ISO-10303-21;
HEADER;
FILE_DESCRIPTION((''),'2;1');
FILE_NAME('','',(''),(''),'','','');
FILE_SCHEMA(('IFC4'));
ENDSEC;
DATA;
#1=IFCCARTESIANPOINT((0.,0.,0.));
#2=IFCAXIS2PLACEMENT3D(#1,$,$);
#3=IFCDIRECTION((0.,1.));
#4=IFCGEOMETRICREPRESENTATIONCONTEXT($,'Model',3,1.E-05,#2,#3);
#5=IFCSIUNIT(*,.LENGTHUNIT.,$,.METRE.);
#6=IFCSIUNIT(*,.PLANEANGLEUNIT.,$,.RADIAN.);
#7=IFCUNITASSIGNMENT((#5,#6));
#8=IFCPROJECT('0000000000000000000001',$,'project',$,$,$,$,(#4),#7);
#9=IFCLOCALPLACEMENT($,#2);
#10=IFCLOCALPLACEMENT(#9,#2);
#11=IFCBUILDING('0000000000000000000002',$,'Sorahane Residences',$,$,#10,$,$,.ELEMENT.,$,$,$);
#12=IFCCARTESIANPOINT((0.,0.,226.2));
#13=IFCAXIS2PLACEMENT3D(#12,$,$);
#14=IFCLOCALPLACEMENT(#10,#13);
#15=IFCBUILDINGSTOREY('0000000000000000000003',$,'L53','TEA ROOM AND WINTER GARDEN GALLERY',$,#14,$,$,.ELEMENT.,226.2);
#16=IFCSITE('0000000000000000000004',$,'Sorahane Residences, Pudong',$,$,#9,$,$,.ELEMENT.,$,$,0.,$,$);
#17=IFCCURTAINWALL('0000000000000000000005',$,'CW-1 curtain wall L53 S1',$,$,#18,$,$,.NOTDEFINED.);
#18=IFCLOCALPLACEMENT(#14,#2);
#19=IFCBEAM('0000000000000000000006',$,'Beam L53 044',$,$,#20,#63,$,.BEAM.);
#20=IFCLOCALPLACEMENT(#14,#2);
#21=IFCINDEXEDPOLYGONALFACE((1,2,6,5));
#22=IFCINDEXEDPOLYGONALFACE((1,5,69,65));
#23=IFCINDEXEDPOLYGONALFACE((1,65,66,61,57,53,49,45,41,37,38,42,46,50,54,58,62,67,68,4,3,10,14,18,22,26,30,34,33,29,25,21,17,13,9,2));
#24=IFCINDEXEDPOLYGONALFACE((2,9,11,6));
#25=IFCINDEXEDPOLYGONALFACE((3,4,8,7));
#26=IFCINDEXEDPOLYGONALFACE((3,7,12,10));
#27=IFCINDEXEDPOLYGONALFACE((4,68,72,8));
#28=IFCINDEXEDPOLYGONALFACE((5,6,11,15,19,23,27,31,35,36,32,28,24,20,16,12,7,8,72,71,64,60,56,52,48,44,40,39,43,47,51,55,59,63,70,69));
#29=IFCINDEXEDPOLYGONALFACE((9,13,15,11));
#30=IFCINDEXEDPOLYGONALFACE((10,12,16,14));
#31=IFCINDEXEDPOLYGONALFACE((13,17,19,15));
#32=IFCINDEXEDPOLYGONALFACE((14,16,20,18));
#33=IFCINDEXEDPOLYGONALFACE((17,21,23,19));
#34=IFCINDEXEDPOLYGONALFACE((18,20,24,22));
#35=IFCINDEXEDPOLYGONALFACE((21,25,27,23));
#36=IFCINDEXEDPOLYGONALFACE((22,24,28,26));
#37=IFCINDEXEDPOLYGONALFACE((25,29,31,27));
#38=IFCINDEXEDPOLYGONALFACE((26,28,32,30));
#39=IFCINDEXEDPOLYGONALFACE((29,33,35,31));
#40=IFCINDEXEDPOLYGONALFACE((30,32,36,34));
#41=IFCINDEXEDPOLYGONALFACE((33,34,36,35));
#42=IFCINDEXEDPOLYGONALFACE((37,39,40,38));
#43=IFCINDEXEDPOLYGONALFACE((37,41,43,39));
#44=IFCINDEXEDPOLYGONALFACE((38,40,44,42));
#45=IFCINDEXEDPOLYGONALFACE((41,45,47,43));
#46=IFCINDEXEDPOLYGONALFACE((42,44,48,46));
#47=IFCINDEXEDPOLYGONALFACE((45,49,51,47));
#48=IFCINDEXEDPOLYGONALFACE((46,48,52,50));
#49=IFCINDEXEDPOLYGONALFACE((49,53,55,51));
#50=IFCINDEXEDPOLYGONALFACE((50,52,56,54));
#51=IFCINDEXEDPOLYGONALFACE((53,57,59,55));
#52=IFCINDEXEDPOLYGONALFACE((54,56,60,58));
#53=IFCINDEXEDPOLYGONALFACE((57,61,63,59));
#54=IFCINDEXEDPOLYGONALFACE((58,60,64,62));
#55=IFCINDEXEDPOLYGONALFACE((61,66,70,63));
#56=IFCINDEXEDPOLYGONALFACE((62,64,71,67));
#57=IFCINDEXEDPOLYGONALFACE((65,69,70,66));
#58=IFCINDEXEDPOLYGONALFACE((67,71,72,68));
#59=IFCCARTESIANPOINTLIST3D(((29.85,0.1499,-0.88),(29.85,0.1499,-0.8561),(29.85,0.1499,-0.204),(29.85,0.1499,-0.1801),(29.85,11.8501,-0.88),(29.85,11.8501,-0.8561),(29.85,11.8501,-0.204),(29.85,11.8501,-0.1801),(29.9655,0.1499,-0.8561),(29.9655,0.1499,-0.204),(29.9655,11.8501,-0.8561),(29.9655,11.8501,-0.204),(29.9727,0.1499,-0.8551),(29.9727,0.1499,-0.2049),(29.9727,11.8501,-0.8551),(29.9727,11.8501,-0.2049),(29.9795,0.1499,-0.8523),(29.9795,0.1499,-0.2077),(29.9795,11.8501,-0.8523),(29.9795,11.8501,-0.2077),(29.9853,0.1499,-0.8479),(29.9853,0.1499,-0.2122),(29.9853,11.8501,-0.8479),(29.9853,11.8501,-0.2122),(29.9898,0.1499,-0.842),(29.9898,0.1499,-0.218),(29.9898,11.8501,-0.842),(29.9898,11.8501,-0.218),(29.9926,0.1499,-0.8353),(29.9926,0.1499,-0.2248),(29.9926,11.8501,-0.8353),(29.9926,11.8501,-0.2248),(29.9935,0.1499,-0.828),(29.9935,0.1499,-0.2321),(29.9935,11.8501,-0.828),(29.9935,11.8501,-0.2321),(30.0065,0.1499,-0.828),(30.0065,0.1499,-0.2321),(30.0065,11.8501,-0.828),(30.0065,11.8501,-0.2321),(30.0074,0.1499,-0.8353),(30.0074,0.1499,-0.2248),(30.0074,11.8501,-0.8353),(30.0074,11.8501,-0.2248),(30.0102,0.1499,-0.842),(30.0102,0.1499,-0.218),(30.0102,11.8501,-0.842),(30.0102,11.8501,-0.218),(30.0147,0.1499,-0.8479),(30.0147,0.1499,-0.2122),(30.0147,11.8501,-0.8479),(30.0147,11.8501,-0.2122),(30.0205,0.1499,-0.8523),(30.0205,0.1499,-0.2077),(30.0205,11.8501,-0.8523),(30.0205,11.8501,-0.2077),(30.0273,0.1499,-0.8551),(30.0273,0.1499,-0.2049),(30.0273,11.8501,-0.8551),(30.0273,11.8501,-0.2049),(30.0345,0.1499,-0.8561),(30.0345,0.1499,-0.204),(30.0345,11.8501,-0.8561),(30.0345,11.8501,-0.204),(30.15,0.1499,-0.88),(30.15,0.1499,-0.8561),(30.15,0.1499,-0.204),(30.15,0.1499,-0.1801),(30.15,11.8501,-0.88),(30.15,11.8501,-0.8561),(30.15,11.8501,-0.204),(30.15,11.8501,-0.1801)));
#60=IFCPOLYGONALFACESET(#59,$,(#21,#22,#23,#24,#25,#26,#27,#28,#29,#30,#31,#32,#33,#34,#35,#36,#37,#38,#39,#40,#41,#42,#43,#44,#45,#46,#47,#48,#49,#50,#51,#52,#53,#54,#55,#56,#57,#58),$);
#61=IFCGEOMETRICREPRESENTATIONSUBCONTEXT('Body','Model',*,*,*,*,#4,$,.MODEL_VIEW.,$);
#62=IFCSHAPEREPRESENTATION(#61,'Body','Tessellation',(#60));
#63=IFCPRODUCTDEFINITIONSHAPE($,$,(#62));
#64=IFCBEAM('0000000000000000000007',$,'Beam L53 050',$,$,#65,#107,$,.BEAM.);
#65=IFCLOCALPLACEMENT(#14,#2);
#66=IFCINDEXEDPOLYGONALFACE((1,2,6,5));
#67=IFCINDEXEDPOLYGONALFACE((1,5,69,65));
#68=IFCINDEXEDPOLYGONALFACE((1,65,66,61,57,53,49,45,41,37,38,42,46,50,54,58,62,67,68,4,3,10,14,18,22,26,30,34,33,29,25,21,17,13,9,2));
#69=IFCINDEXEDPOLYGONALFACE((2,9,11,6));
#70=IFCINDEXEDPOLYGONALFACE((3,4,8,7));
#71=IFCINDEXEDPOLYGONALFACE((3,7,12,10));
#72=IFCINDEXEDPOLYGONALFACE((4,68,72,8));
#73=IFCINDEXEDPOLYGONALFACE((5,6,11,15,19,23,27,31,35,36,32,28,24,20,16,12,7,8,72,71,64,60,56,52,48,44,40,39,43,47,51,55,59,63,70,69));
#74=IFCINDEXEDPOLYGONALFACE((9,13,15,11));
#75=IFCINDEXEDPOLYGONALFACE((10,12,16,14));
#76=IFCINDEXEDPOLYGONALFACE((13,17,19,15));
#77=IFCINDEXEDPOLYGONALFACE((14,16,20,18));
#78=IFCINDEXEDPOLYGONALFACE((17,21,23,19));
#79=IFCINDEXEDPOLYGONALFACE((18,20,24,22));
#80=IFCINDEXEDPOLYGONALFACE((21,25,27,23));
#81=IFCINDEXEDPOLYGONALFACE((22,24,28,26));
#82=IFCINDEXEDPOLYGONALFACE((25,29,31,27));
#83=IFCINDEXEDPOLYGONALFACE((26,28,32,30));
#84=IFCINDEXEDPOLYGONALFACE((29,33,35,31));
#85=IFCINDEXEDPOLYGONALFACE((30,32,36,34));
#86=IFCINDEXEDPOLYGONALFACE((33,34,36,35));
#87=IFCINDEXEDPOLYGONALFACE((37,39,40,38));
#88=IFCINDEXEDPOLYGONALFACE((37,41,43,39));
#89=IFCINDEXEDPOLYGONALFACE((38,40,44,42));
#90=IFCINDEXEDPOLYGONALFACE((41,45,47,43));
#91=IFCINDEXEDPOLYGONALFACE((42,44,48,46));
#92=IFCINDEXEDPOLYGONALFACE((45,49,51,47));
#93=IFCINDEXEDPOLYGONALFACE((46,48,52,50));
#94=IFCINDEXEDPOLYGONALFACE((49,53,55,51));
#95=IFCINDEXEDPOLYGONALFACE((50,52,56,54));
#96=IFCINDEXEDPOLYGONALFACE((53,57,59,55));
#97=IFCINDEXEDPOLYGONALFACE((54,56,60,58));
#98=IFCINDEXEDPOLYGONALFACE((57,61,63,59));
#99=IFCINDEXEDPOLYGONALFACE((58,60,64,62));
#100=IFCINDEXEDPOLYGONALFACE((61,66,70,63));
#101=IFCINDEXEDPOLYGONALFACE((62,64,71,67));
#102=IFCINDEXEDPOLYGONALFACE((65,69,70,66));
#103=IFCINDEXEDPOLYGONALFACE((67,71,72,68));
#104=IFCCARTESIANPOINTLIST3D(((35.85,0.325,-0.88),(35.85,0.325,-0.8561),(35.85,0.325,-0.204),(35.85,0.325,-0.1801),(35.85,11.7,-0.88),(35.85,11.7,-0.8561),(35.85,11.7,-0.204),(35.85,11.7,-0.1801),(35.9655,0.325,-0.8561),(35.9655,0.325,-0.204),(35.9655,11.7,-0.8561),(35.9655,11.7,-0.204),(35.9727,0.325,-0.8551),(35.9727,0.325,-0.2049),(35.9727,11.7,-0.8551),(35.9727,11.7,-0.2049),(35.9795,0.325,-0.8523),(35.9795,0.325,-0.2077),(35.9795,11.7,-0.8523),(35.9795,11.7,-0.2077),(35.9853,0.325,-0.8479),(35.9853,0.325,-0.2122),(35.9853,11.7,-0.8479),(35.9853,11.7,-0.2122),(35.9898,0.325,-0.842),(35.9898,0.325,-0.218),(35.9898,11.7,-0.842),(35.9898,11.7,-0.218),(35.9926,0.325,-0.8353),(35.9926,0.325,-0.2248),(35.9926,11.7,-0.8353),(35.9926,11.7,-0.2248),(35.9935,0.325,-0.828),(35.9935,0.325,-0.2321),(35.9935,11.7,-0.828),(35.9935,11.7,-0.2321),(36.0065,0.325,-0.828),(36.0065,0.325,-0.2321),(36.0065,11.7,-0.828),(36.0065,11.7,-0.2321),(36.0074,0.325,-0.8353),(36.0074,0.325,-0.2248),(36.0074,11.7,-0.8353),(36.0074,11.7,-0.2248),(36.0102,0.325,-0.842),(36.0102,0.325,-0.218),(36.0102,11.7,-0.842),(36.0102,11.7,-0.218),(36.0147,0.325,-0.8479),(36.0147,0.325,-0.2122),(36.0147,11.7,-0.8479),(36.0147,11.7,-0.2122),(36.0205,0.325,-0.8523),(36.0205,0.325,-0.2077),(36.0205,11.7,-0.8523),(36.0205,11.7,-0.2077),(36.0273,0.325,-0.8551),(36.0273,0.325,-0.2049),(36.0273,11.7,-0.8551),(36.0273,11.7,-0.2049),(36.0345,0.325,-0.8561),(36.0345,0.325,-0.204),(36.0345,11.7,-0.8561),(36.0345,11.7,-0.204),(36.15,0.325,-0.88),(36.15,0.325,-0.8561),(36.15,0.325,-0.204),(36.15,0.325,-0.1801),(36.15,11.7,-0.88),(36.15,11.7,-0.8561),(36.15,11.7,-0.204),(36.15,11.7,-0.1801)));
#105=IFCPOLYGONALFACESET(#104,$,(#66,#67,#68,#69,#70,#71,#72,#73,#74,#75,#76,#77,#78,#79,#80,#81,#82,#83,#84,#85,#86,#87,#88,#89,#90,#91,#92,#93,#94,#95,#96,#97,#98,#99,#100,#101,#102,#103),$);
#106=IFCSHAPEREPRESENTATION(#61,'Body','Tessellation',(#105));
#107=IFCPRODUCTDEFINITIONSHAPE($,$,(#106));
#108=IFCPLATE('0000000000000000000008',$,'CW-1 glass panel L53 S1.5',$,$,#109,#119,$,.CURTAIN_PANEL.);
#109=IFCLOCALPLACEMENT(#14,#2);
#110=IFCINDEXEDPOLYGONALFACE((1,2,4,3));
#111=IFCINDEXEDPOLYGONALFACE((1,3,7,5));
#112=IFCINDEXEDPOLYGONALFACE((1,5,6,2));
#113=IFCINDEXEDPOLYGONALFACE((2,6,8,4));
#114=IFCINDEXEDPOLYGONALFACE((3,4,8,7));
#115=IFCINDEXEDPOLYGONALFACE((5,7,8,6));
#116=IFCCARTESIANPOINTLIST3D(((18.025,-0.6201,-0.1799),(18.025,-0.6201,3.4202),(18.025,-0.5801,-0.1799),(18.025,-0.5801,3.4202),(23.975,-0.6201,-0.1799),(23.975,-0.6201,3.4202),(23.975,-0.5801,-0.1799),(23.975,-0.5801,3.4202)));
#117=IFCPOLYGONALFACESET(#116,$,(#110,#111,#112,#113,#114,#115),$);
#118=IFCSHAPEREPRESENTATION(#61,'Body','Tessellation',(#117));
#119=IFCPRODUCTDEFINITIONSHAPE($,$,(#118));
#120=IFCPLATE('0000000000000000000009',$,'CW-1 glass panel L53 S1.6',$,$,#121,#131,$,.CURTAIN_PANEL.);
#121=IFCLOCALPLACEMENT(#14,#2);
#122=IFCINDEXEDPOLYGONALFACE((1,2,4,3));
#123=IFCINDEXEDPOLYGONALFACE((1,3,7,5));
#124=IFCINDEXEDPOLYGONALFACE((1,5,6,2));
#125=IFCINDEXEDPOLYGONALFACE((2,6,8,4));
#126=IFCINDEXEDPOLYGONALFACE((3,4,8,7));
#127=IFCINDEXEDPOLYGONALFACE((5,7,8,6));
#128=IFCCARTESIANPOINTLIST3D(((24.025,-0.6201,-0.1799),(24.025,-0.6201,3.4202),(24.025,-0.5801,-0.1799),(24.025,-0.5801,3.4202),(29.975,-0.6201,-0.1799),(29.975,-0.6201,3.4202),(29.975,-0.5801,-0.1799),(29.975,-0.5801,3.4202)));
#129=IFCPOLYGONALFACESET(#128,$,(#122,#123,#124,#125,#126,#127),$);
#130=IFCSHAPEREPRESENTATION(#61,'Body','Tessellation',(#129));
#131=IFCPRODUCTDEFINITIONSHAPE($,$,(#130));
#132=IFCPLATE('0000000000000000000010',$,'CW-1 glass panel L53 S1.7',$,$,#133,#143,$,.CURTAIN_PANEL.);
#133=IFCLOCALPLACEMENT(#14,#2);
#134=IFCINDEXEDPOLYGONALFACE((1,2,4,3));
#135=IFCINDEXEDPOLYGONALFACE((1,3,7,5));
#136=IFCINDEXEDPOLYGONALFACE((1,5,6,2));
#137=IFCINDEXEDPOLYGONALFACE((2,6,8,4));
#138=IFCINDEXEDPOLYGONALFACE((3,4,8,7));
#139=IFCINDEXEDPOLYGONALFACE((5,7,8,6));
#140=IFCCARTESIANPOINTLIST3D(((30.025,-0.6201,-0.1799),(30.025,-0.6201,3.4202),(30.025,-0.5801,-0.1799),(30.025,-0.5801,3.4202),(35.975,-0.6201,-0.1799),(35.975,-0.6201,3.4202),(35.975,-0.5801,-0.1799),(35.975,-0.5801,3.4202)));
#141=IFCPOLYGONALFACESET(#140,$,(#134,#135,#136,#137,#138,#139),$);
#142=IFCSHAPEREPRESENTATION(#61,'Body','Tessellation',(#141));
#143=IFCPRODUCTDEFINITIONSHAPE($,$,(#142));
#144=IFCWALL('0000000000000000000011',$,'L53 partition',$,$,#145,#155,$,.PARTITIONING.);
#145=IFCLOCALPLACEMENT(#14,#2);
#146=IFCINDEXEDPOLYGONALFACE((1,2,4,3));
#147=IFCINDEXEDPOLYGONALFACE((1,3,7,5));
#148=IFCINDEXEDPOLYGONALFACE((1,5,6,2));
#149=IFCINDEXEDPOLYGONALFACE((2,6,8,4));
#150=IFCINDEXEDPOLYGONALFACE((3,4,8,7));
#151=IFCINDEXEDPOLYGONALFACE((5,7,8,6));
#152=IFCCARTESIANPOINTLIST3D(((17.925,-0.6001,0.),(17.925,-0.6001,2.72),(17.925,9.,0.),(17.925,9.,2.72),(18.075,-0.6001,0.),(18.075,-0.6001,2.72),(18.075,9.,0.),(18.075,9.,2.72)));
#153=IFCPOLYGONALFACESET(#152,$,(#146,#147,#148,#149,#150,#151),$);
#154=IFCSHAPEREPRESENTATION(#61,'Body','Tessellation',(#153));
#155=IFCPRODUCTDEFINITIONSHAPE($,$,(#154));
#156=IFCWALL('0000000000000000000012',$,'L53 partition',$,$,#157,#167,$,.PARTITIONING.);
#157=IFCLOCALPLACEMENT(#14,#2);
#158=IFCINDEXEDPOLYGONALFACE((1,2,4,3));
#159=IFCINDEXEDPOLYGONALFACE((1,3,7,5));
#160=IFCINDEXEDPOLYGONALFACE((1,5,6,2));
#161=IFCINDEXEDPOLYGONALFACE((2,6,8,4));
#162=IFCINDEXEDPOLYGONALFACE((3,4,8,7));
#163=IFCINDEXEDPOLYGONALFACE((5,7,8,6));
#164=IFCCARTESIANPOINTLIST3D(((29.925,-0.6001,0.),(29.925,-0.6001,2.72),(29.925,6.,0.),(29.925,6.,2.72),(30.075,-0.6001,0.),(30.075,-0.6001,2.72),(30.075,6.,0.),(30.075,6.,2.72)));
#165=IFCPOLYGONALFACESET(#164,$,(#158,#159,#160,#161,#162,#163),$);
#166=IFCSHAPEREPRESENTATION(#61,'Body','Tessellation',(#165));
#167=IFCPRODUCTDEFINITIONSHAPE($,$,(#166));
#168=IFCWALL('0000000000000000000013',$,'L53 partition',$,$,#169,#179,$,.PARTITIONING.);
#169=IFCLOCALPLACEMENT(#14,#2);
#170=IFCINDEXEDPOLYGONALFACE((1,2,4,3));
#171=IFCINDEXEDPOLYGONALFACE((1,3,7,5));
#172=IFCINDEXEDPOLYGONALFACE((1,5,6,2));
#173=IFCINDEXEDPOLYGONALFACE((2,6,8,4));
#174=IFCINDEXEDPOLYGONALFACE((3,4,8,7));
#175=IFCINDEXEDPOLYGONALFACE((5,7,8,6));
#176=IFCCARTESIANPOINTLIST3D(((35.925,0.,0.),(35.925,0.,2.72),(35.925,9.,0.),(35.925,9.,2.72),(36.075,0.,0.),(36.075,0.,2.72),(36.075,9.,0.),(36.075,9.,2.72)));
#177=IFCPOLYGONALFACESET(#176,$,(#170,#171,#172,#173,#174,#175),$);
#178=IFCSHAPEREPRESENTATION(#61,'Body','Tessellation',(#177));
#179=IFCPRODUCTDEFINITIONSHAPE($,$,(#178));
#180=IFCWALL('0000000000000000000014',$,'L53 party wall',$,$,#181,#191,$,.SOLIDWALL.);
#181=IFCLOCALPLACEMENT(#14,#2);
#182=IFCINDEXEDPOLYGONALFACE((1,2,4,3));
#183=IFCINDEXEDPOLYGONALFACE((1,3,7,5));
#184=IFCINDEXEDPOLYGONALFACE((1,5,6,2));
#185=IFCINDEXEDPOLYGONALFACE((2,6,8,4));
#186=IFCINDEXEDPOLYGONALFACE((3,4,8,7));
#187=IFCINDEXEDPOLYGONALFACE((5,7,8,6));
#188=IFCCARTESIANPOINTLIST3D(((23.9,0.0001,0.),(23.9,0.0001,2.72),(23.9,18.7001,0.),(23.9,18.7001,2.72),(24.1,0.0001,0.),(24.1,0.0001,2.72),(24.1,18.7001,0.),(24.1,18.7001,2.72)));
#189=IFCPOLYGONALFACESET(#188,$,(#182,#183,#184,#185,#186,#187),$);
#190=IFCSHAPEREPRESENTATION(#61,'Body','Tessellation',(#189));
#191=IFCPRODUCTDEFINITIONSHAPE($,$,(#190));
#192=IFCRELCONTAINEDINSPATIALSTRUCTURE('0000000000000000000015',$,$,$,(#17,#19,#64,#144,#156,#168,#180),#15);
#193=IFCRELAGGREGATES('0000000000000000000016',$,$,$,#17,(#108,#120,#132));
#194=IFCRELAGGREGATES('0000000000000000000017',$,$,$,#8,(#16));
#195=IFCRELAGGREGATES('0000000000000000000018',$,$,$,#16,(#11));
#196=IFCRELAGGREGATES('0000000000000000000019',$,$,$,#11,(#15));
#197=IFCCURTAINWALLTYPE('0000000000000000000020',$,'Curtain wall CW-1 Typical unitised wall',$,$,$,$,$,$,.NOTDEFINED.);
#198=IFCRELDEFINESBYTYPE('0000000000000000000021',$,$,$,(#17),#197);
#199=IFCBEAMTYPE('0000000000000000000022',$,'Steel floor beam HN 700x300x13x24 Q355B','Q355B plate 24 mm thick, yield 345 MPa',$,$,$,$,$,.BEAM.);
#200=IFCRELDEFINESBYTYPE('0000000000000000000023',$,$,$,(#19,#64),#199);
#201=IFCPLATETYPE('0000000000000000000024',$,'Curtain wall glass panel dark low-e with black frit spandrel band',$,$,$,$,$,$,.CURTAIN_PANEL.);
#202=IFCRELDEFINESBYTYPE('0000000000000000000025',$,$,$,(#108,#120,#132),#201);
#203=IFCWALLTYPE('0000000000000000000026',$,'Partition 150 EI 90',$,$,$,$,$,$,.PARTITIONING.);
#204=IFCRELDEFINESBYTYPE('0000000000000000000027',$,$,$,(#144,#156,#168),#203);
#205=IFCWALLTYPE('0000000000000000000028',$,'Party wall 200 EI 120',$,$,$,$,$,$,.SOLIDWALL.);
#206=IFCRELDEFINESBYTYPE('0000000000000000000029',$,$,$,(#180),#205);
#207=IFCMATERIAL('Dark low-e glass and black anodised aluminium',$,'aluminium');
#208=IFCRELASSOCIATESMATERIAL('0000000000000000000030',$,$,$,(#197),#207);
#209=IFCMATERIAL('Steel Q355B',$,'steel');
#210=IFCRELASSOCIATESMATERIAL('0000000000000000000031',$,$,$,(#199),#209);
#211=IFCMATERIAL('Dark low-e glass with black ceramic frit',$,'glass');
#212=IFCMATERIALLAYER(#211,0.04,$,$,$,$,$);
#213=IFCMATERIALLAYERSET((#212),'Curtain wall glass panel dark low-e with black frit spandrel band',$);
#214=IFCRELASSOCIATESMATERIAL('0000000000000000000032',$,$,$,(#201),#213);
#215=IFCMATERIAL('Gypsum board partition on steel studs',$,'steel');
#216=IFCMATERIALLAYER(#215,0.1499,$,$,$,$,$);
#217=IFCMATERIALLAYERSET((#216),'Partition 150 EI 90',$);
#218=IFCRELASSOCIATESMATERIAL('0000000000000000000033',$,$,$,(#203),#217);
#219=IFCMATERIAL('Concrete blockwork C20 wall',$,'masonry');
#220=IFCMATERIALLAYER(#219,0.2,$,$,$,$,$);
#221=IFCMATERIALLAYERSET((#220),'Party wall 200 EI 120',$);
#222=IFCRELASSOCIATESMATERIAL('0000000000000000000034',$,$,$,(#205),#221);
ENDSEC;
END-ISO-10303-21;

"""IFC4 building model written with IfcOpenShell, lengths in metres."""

from ifc_helpers import new_model, si_unit, direction, frame, frame_2d, origin, origin_2d, place, context, subcontext, project, spatial, rectangle, i_section, extrude, material, layer, layer_set, material_profile, profile_set, type_object, element, aggregate, save


model = new_model("IFC4")

# Units and contexts
model_context = context("Model", 3, precision=1e-05, world=origin(), true_north=direction((0.0, 1.0)))
body_context = subcontext(model_context, "Body", "Model", "MODEL_VIEW")
ifc_project = project(units=[si_unit("LENGTHUNIT", "METRE"), si_unit("PLANEANGLEUNIT", "RADIAN")], contexts=[model_context])

# Site, building, storey
site_placement = place(None, origin())
site = spatial("IfcSite", under=ifc_project, at=site_placement, Name="Sorahane Residences, Pudong", CompositionType="ELEMENT", RefElevation=0.0)
building_placement = place(site_placement, origin())
building = spatial("IfcBuilding", under=site, at=building_placement, Name="Sorahane Residences", CompositionType="ELEMENT")
storey_placement = place(building_placement, frame((0.0, 0.0, 226.2)))
storey = spatial("IfcBuildingStorey", under=building, at=storey_placement, Name="L53", Description="TEA ROOM AND WINTER GARDEN GALLERY", CompositionType="ELEMENT", Elevation=226.2)

# Curtain wall
ifc_material_1 = material(Name="Dark low-e glass and black anodised aluminium", Category="aluminium")
curtain_wall_type = type_object("IfcCurtainWallType", Name="Curtain wall CW-1 Typical unitised wall", PredefinedType="NOTDEFINED", material=ifc_material_1)
curtain_wall_placement = place(storey_placement, origin())
curtain_wall = element("IfcCurtainWall", 1, at=curtain_wall_placement, inside=storey, type_object=curtain_wall_type, Name="CW-1 curtain wall L53 S1", PredefinedType="NOTDEFINED")

# Beams
ifc_material_2 = material(Name="Steel Q355B", Category="steel")
ifc_material_profile_1 = material_profile(ifc_material_2, i_section(OverallWidth=0.3, OverallDepth=0.7, WebThickness=0.0129, FlangeThickness=0.0239, FilletRadius=0.0281, at=origin_2d()), Name="HN 700x300x13x24")
ifc_profile_set_1 = profile_set([ifc_material_profile_1], Name="Steel Q355B")
beam_type_1 = type_object("IfcBeamType", Name="Steel floor beam HN 700x300x13x24 Q355B", Description="Q355B plate 24 mm thick, yield 345 MPa", PredefinedType="BEAM", material=ifc_profile_set_1)
beam_1_placement = place(storey_placement, frame((30.0, 0.1499, -0.53), z_axis=(0.0, 1.0, 0.0), x_axis=(-1.0, 0.0, 0.0)))
element("IfcBeam", 2, at=beam_1_placement, inside=storey, type_object=beam_type_1, Name="Beam L53 044", PredefinedType="BEAM", context=body_context, shape_type="SweptSolid", body=[
    extrude(i_section(OverallWidth=0.3, OverallDepth=0.7, WebThickness=0.0129, FlangeThickness=0.0239, FilletRadius=0.0281, at=origin_2d()), origin(), (0.0, 0.0, 1.0), 11.7002),
])
beam_2_placement = place(storey_placement, frame((36.0, 0.325, -0.53), z_axis=(0.0, 1.0, 0.0), x_axis=(-1.0, 0.0, 0.0)))
element("IfcBeam", 3, at=beam_2_placement, inside=storey, type_object=beam_type_1, Name="Beam L53 050", PredefinedType="BEAM", context=body_context, shape_type="SweptSolid", body=[
    extrude(i_section(OverallWidth=0.3, OverallDepth=0.7, WebThickness=0.0129, FlangeThickness=0.0239, FilletRadius=0.0281, at=origin_2d()), origin(), (0.0, 0.0, 1.0), 11.375),
])

# Plates
ifc_material_3 = material(Name="Dark low-e glass with black ceramic frit", Category="glass")
ifc_layer_1 = layer(ifc_material_3, 0.04)
ifc_layer_set_1 = layer_set([ifc_layer_1], Name="Curtain wall glass panel dark low-e with black frit spandrel band")
plate_type = type_object("IfcPlateType", Name="Curtain wall glass panel dark low-e with black frit spandrel band", PredefinedType="CURTAIN_PANEL", material=ifc_layer_set_1)
plate_1_placement = place(storey_placement, frame((21.0, -0.6001, -0.1799), z_axis=(0.0, 0.0, 1.0), x_axis=(1.0, 0.0, 0.0)))
plate_1 = element("IfcPlate", 4, at=plate_1_placement, type_object=plate_type, Name="CW-1 glass panel L53 S1.5", PredefinedType="CURTAIN_PANEL", context=body_context, shape_type="SweptSolid", body=[
    extrude(rectangle(XDim=5.95, YDim=0.04, at=origin_2d()), origin(), (0.0, 0.0, 1.0), 3.6001),
])
plate_2_placement = place(storey_placement, frame((27.0, -0.6001, -0.1799), z_axis=(0.0, 0.0, 1.0), x_axis=(1.0, 0.0, 0.0)))
plate_2 = element("IfcPlate", 5, at=plate_2_placement, type_object=plate_type, Name="CW-1 glass panel L53 S1.6", PredefinedType="CURTAIN_PANEL", context=body_context, shape_type="SweptSolid", body=[
    extrude(rectangle(XDim=5.95, YDim=0.04, at=origin_2d()), origin(), (0.0, 0.0, 1.0), 3.6001),
])
plate_3_placement = place(storey_placement, frame((33.0, -0.6001, -0.1799), z_axis=(0.0, 0.0, 1.0), x_axis=(1.0, 0.0, 0.0)))
plate_3 = element("IfcPlate", 6, at=plate_3_placement, type_object=plate_type, Name="CW-1 glass panel L53 S1.7", PredefinedType="CURTAIN_PANEL", context=body_context, shape_type="SweptSolid", body=[
    extrude(rectangle(XDim=5.95, YDim=0.04, at=origin_2d()), origin(), (0.0, 0.0, 1.0), 3.6001),
])
aggregate(curtain_wall, [plate_1, plate_2, plate_3])

# Walls
ifc_material_4 = material(Name="Gypsum board partition on steel studs", Category="steel")
ifc_layer_2 = layer(ifc_material_4, 0.1499)
ifc_layer_set_2 = layer_set([ifc_layer_2], Name="Partition 150 EI 90")
wall_type_1 = type_object("IfcWallType", Name="Partition 150 EI 90", PredefinedType="PARTITIONING", material=ifc_layer_set_2)
wall_1_placement = place(storey_placement, frame((18.0, -0.6001, 0.0), z_axis=(0.0, 0.0, 1.0), x_axis=(0.0, 1.0, 0.0)))
element("IfcWall", 7, at=wall_1_placement, inside=storey, type_object=wall_type_1, Name="L53 partition", PredefinedType="PARTITIONING", context=body_context, shape_type="SweptSolid", body=[
    extrude(rectangle(XDim=9.6001, YDim=0.1499, at=frame_2d((4.8, 0.0))), origin(), (0.0, 0.0, 1.0), 2.72),
])
wall_2_placement = place(storey_placement, frame((30.0, -0.6001, 0.0), z_axis=(0.0, 0.0, 1.0), x_axis=(0.0, 1.0, 0.0)))
element("IfcWall", 8, at=wall_2_placement, inside=storey, type_object=wall_type_1, Name="L53 partition", PredefinedType="PARTITIONING", context=body_context, shape_type="SweptSolid", body=[
    extrude(rectangle(XDim=6.6001, YDim=0.1499, at=frame_2d((3.3, 0.0))), origin(), (0.0, 0.0, 1.0), 2.72),
])
wall_3_placement = place(storey_placement, frame((36.0, 0.0, 0.0), z_axis=(0.0, 0.0, 1.0), x_axis=(0.0, 1.0, 0.0)))
element("IfcWall", 9, at=wall_3_placement, inside=storey, type_object=wall_type_1, Name="L53 partition", PredefinedType="PARTITIONING", context=body_context, shape_type="SweptSolid", body=[
    extrude(rectangle(XDim=9.0, YDim=0.1499, at=frame_2d((4.5, 0.0))), origin(), (0.0, 0.0, 1.0), 2.72),
])

# Wall
ifc_material_5 = material(Name="Concrete blockwork C20 wall", Category="masonry")
ifc_layer_3 = layer(ifc_material_5, 0.2)
ifc_layer_set_3 = layer_set([ifc_layer_3], Name="Party wall 200 EI 120")
wall_type_2 = type_object("IfcWallType", Name="Party wall 200 EI 120", PredefinedType="SOLIDWALL", material=ifc_layer_set_3)
wall_4_placement = place(storey_placement, frame((24.0, 0.0, 0.0), z_axis=(0.0, 0.0, 1.0), x_axis=(0.0, 1.0, 0.0)))
element("IfcWall", 10, at=wall_4_placement, inside=storey, type_object=wall_type_2, Name="L53 party wall", PredefinedType="SOLIDWALL", context=body_context, shape_type="SweptSolid", body=[
    extrude(rectangle(XDim=18.7, YDim=0.2, at=frame_2d((9.3501, 0.0))), origin(), (0.0, 0.0, 1.0), 2.72),
])

save(model, "model.ifc")
